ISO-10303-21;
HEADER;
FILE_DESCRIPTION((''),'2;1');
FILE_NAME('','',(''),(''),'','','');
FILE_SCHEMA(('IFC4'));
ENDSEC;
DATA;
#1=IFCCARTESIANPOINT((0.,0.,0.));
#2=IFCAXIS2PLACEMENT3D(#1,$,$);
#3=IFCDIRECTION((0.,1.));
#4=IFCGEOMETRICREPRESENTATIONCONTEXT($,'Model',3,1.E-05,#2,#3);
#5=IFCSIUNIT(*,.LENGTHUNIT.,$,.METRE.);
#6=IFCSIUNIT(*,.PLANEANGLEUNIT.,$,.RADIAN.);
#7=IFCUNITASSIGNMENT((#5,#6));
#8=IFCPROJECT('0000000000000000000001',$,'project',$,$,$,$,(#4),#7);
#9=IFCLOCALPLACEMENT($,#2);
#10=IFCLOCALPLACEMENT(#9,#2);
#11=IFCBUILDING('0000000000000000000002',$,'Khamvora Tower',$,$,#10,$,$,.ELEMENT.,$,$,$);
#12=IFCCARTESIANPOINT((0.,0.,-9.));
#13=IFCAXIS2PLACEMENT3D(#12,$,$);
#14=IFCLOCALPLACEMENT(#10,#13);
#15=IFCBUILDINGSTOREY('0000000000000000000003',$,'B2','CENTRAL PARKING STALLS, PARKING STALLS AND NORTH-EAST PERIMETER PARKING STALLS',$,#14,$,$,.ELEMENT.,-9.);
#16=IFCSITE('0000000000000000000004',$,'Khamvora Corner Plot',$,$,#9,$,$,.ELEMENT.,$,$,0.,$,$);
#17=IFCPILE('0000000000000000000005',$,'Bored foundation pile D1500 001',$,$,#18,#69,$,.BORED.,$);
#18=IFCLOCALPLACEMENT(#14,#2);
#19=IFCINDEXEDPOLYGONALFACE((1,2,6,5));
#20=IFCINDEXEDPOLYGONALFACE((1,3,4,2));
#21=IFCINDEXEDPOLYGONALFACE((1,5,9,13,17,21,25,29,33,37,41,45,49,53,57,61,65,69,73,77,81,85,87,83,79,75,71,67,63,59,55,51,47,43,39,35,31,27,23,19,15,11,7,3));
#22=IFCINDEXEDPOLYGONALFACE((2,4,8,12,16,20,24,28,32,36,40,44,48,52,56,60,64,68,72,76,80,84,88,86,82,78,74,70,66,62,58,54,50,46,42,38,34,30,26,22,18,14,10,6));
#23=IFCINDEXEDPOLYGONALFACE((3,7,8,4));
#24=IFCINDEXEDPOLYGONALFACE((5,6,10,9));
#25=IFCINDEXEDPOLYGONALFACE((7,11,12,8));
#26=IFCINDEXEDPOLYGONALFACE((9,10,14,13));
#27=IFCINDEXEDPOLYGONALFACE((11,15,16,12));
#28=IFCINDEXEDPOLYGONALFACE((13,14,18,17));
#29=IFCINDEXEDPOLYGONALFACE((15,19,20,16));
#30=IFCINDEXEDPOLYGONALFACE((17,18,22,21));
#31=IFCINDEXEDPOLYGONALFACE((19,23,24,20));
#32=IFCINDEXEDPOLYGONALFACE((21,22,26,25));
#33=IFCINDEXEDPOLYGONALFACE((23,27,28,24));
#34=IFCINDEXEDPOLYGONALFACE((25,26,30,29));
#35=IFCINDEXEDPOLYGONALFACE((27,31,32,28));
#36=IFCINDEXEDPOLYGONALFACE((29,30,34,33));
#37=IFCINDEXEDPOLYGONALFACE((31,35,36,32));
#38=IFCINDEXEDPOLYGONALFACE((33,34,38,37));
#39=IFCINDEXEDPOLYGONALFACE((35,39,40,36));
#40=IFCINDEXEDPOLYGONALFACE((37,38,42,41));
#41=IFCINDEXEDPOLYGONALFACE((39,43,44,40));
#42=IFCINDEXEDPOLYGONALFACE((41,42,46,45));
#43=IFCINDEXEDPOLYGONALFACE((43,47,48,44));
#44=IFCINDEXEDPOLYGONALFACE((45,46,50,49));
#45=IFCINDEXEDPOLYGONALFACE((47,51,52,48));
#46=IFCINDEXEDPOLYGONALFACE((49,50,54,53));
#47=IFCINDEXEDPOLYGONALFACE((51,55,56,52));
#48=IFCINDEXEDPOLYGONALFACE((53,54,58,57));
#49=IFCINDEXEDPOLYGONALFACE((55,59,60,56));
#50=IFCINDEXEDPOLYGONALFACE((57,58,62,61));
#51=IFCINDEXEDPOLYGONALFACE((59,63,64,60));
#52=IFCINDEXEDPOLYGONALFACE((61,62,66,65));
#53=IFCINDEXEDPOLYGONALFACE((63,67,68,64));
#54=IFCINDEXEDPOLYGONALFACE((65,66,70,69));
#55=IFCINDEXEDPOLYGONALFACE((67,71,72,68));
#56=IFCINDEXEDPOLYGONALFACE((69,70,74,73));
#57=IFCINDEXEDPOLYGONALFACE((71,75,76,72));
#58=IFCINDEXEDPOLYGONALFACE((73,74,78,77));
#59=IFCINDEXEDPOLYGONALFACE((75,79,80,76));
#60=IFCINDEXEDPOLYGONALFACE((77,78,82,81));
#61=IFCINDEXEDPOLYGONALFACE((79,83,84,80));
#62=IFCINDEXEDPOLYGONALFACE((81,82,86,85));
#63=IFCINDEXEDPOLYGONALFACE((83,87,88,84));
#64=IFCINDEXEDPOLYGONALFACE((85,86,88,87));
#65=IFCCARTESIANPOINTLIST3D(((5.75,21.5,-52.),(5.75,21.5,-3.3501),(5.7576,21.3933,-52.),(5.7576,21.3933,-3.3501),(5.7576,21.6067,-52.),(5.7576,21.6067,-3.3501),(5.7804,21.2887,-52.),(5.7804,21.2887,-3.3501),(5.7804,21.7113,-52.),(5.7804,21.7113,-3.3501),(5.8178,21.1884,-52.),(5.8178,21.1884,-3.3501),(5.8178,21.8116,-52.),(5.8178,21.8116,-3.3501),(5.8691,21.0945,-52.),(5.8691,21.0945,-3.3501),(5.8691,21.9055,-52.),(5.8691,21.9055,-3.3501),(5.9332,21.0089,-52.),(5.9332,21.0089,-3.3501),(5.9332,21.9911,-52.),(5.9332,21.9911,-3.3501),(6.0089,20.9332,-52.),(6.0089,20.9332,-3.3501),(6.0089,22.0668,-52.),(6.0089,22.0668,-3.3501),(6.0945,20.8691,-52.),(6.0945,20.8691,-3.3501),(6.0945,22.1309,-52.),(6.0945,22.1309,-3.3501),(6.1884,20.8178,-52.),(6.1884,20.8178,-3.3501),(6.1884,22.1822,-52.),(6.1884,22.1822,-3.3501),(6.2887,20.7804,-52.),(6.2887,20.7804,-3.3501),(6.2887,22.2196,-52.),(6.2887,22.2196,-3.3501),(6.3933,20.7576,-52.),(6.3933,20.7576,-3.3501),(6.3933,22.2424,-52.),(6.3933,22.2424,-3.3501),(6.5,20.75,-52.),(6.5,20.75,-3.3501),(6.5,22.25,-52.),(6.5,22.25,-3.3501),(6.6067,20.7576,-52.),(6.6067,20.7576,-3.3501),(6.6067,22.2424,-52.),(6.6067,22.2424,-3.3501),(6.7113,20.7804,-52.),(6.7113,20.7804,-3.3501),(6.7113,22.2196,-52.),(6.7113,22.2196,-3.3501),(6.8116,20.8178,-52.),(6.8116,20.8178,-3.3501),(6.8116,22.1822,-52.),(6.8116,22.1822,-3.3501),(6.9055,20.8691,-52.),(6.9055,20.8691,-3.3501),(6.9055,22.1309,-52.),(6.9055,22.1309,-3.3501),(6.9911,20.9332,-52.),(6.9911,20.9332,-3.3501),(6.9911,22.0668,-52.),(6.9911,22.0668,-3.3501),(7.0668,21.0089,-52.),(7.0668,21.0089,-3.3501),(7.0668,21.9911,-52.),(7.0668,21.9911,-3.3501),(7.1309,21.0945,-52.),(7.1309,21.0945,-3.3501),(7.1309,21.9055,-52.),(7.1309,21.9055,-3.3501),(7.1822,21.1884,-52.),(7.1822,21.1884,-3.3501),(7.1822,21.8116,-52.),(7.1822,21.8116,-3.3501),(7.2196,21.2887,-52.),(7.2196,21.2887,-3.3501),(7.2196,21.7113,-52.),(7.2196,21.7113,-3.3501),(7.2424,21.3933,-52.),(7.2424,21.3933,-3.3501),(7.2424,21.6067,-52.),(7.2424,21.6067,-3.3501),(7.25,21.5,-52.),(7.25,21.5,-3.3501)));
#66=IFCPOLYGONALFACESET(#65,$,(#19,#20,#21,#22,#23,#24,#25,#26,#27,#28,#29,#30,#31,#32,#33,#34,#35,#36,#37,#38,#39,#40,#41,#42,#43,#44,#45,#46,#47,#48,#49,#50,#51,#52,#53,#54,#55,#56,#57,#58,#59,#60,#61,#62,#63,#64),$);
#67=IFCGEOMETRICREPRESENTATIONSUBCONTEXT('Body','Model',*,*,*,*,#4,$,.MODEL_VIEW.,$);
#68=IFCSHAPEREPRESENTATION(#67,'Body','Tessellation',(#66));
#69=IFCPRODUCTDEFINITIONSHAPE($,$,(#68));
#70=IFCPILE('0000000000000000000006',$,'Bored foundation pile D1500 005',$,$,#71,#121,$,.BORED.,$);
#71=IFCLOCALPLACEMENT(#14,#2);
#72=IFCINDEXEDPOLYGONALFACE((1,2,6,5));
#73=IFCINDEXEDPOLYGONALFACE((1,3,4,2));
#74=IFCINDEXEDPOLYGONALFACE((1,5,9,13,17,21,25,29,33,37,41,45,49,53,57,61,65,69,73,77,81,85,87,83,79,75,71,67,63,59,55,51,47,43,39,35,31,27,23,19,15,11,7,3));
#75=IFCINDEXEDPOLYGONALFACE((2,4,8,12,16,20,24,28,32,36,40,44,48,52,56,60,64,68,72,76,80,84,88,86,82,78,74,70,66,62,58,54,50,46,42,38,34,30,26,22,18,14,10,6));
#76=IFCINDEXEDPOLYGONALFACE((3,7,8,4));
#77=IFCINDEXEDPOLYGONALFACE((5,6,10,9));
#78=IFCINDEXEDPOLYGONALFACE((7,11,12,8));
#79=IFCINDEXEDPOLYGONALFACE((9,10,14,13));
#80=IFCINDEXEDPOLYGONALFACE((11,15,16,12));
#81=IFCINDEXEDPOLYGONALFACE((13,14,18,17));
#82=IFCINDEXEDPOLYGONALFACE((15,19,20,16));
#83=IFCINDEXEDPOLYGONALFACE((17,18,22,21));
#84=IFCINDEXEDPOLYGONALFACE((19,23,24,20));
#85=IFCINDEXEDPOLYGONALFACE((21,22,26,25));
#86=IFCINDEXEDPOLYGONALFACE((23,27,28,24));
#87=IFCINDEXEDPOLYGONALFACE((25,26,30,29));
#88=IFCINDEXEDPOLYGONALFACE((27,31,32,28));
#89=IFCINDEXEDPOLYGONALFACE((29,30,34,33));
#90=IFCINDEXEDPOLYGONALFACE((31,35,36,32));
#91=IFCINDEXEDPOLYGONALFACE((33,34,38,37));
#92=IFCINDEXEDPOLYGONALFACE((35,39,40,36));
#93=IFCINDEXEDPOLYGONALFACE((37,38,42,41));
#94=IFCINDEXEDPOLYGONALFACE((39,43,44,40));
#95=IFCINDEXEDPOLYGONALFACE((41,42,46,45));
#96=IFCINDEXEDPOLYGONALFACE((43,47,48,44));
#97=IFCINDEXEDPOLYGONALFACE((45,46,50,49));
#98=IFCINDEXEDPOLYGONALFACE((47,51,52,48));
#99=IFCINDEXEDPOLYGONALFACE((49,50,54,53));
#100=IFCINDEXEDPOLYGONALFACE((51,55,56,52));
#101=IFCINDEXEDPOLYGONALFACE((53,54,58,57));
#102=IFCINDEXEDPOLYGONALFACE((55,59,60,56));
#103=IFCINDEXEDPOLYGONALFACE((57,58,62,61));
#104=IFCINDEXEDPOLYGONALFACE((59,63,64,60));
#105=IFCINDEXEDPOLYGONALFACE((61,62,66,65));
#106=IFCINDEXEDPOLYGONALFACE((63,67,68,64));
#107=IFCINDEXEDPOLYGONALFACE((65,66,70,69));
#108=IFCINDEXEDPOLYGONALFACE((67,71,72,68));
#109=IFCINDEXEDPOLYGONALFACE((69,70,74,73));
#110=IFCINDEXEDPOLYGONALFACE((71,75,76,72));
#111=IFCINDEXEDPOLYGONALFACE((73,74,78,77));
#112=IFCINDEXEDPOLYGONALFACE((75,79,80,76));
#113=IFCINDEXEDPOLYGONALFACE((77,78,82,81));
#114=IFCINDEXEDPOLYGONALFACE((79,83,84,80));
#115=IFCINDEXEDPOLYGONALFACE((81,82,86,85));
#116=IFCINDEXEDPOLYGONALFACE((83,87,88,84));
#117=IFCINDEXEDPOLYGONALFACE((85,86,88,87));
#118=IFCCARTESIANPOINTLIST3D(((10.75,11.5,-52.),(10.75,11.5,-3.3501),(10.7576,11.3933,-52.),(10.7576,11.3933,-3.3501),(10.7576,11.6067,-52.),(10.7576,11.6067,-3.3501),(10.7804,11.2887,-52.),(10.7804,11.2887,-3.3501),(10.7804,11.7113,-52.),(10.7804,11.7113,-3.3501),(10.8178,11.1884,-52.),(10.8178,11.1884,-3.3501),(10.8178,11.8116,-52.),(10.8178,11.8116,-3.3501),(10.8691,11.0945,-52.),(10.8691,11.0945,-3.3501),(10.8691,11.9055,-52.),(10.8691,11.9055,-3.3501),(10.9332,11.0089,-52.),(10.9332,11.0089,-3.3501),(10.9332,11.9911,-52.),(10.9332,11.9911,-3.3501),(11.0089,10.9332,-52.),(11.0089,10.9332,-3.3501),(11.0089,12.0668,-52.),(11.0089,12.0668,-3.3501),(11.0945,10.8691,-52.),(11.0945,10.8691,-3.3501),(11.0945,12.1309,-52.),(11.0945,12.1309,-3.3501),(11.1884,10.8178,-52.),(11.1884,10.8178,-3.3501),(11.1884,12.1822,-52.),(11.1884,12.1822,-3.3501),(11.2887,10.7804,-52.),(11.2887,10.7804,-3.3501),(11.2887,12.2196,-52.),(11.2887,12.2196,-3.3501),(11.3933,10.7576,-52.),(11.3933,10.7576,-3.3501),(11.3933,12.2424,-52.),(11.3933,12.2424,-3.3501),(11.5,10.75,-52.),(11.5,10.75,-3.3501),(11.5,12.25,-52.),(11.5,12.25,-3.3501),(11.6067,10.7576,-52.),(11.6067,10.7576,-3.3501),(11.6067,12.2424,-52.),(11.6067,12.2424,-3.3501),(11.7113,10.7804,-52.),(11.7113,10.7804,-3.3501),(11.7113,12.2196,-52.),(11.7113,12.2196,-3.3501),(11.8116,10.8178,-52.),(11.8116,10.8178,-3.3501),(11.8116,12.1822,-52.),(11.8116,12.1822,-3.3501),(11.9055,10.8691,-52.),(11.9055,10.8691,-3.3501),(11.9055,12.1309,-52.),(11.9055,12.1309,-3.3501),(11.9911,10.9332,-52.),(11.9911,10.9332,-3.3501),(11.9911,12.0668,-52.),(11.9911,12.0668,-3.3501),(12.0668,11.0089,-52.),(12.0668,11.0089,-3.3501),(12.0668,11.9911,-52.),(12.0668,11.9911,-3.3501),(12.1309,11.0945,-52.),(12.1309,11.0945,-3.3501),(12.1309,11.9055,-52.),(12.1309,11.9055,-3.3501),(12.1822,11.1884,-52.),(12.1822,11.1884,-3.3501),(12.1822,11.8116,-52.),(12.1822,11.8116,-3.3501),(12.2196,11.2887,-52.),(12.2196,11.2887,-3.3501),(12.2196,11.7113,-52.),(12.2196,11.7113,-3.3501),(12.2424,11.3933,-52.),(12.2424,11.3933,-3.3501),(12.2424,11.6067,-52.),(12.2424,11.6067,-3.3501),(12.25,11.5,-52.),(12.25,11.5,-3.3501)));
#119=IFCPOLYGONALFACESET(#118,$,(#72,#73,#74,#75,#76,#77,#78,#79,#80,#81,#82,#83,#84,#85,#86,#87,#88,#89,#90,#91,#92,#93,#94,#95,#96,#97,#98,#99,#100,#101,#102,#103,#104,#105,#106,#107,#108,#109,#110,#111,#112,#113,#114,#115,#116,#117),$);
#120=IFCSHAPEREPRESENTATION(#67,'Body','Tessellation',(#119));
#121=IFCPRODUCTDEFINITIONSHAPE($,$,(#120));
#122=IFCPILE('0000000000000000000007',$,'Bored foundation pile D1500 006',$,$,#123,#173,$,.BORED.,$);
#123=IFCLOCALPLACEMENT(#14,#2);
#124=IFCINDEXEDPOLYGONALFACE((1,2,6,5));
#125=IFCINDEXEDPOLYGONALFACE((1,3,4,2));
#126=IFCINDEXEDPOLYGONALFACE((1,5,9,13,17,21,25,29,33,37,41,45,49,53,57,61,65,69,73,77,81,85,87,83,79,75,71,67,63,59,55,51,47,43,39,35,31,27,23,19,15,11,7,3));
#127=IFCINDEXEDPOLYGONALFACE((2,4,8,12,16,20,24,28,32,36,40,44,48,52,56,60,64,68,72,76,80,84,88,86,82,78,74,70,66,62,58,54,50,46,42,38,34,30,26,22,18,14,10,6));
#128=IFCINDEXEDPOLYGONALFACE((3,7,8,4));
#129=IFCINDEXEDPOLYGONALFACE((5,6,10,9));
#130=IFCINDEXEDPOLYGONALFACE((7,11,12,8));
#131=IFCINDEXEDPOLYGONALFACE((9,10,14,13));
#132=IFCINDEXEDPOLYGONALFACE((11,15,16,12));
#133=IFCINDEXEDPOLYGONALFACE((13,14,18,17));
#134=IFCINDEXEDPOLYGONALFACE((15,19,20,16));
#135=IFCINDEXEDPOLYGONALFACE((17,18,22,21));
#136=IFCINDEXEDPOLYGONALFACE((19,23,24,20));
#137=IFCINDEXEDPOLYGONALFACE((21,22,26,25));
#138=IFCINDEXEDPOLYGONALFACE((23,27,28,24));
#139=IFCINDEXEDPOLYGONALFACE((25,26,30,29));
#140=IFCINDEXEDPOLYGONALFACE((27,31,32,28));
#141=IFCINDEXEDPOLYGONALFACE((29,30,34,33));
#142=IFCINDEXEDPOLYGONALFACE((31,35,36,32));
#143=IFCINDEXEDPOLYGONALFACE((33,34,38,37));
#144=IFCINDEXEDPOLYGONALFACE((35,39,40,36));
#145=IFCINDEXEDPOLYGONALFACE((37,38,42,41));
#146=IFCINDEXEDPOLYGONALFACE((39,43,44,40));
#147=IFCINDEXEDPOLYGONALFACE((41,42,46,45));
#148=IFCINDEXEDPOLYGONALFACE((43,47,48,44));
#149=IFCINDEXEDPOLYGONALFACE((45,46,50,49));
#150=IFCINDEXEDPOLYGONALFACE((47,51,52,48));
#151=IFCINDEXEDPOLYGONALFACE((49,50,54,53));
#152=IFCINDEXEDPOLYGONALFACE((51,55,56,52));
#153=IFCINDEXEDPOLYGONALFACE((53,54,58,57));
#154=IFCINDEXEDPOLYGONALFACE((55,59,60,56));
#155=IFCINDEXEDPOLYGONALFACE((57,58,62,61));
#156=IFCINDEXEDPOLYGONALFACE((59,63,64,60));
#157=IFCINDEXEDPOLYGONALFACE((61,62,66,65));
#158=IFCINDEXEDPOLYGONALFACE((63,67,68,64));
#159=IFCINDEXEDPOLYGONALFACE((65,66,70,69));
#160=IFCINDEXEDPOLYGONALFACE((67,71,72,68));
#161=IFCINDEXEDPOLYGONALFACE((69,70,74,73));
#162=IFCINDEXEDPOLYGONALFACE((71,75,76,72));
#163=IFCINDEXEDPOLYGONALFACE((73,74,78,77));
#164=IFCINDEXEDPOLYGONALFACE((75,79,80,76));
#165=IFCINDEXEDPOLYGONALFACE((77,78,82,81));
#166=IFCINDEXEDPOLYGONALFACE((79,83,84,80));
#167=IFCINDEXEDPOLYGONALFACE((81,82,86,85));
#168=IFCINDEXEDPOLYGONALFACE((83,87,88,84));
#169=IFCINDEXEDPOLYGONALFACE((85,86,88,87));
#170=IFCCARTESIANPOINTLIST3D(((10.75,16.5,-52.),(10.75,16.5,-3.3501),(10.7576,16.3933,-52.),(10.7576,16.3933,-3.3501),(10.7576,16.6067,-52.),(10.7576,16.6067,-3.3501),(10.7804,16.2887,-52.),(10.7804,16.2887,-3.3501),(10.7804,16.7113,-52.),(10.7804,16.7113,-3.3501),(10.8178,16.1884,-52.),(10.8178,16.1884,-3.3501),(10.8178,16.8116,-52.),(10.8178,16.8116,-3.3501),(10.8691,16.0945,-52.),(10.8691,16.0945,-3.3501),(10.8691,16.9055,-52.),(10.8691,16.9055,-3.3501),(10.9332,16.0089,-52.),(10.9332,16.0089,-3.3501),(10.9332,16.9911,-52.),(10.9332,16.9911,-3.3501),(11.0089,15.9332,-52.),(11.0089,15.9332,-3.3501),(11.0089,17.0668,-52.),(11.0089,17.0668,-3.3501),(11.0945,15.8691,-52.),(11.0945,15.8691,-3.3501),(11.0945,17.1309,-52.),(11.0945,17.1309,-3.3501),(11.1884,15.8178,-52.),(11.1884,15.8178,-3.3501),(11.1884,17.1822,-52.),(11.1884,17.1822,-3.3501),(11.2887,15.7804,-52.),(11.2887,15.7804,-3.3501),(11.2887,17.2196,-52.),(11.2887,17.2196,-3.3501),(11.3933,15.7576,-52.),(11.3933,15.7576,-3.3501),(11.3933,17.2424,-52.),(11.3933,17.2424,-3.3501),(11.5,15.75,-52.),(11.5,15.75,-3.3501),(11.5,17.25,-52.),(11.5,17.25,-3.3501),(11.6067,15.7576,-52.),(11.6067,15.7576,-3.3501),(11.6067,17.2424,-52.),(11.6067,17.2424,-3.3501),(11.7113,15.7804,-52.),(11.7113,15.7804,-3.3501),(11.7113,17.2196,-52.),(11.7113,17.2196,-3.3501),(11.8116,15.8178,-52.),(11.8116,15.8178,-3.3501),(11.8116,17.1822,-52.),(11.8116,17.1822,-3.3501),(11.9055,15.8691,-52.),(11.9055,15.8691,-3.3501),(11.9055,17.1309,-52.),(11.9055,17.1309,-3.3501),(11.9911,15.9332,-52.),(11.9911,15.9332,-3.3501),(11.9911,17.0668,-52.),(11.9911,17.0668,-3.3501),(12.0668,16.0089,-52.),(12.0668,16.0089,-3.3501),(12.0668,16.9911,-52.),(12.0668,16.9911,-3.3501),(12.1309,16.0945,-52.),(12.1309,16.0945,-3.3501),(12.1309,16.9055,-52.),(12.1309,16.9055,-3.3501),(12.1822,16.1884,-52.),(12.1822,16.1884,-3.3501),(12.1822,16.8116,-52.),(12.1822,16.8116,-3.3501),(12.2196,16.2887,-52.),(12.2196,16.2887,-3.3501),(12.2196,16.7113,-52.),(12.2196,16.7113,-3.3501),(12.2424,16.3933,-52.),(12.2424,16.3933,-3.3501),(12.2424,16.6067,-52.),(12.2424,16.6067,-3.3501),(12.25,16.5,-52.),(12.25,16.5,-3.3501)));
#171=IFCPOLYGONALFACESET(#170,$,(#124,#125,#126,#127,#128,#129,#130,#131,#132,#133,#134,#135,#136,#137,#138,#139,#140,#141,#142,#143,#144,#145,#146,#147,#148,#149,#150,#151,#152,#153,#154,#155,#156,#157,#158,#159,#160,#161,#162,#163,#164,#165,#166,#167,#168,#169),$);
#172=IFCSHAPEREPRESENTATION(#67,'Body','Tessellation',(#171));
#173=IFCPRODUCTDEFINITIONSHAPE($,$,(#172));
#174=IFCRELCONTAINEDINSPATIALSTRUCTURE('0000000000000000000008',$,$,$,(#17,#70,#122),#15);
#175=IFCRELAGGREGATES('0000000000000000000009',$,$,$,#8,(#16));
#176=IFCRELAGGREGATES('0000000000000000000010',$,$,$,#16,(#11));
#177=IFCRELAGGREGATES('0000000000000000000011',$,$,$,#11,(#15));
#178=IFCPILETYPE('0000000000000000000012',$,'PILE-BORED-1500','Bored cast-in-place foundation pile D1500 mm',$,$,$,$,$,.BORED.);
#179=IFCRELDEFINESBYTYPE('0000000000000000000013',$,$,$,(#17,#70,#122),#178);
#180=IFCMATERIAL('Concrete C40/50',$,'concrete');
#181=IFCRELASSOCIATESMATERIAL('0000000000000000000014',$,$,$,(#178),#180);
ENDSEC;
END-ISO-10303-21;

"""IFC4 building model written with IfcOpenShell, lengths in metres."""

from ifc_helpers import new_model, si_unit, direction, frame, origin, origin_2d, place, context, subcontext, project, spatial, circle, extrude, material, material_profile, profile_set, type_object, element, save


model = new_model("IFC4")

# Units and contexts
model_context = context("Model", 3, precision=1e-05, world=origin(), true_north=direction((0.0, 1.0)))
body_context = subcontext(model_context, "Body", "Model", "MODEL_VIEW")
ifc_project = project(units=[si_unit("LENGTHUNIT", "METRE"), si_unit("PLANEANGLEUNIT", "RADIAN")], contexts=[model_context])

# Site, building, storey
site_placement = place(None, origin())
site = spatial("IfcSite", under=ifc_project, at=site_placement, Name="Khamvora Corner Plot", CompositionType="ELEMENT", RefElevation=0.0)
building_placement = place(site_placement, origin())
building = spatial("IfcBuilding", under=site, at=building_placement, Name="Khamvora Tower", CompositionType="ELEMENT")
storey_placement = place(building_placement, frame((0.0, 0.0, -9.0)))
storey = spatial("IfcBuildingStorey", under=building, at=storey_placement, Name="B2", Description="CENTRAL PARKING STALLS, PARKING STALLS AND NORTH-EAST PERIMETER PARKING STALLS", CompositionType="ELEMENT", Elevation=-9.0)

# Piles
ifc_material_1 = material(Name="Concrete C40/50", Category="concrete")
ifc_material_profile_1 = material_profile(ifc_material_1, circle(Radius=0.75, at=origin_2d()), Name="PILE_D1500")
ifc_profile_set_1 = profile_set([ifc_material_profile_1], Name="Concrete C40/50")
pile_type_1 = type_object("IfcPileType", Name="PILE-BORED-1500", Description="Bored cast-in-place foundation pile D1500 mm", PredefinedType="BORED", material=ifc_profile_set_1)
for number, where, z_axis, x_axis, name in (
    (1, (6.5, 21.5, -3.3501), (0.0, 0.0, -1.0), (1.0, 0.0, 0.0), "Bored foundation pile D1500 001"),
    (2, (11.5, 11.5, -3.3501), (0.0, 0.0, -1.0), (1.0, 0.0, 0.0), "Bored foundation pile D1500 005"),
    (3, (11.5, 16.5, -3.3501), (0.0, 0.0, -1.0), (1.0, 0.0, 0.0), "Bored foundation pile D1500 006"),
):
    element("IfcPile", number, at=place(storey_placement, frame(where, z_axis=z_axis, x_axis=x_axis)), inside=storey, type_object=pile_type_1, Name=name, PredefinedType="BORED", context=body_context, shape_type="SweptSolid", body=[
        extrude(circle(Radius=0.75, at=origin_2d()), origin(), (0.0, 0.0, 1.0), 48.6499),
    ])

save(model, "model.ifc")
